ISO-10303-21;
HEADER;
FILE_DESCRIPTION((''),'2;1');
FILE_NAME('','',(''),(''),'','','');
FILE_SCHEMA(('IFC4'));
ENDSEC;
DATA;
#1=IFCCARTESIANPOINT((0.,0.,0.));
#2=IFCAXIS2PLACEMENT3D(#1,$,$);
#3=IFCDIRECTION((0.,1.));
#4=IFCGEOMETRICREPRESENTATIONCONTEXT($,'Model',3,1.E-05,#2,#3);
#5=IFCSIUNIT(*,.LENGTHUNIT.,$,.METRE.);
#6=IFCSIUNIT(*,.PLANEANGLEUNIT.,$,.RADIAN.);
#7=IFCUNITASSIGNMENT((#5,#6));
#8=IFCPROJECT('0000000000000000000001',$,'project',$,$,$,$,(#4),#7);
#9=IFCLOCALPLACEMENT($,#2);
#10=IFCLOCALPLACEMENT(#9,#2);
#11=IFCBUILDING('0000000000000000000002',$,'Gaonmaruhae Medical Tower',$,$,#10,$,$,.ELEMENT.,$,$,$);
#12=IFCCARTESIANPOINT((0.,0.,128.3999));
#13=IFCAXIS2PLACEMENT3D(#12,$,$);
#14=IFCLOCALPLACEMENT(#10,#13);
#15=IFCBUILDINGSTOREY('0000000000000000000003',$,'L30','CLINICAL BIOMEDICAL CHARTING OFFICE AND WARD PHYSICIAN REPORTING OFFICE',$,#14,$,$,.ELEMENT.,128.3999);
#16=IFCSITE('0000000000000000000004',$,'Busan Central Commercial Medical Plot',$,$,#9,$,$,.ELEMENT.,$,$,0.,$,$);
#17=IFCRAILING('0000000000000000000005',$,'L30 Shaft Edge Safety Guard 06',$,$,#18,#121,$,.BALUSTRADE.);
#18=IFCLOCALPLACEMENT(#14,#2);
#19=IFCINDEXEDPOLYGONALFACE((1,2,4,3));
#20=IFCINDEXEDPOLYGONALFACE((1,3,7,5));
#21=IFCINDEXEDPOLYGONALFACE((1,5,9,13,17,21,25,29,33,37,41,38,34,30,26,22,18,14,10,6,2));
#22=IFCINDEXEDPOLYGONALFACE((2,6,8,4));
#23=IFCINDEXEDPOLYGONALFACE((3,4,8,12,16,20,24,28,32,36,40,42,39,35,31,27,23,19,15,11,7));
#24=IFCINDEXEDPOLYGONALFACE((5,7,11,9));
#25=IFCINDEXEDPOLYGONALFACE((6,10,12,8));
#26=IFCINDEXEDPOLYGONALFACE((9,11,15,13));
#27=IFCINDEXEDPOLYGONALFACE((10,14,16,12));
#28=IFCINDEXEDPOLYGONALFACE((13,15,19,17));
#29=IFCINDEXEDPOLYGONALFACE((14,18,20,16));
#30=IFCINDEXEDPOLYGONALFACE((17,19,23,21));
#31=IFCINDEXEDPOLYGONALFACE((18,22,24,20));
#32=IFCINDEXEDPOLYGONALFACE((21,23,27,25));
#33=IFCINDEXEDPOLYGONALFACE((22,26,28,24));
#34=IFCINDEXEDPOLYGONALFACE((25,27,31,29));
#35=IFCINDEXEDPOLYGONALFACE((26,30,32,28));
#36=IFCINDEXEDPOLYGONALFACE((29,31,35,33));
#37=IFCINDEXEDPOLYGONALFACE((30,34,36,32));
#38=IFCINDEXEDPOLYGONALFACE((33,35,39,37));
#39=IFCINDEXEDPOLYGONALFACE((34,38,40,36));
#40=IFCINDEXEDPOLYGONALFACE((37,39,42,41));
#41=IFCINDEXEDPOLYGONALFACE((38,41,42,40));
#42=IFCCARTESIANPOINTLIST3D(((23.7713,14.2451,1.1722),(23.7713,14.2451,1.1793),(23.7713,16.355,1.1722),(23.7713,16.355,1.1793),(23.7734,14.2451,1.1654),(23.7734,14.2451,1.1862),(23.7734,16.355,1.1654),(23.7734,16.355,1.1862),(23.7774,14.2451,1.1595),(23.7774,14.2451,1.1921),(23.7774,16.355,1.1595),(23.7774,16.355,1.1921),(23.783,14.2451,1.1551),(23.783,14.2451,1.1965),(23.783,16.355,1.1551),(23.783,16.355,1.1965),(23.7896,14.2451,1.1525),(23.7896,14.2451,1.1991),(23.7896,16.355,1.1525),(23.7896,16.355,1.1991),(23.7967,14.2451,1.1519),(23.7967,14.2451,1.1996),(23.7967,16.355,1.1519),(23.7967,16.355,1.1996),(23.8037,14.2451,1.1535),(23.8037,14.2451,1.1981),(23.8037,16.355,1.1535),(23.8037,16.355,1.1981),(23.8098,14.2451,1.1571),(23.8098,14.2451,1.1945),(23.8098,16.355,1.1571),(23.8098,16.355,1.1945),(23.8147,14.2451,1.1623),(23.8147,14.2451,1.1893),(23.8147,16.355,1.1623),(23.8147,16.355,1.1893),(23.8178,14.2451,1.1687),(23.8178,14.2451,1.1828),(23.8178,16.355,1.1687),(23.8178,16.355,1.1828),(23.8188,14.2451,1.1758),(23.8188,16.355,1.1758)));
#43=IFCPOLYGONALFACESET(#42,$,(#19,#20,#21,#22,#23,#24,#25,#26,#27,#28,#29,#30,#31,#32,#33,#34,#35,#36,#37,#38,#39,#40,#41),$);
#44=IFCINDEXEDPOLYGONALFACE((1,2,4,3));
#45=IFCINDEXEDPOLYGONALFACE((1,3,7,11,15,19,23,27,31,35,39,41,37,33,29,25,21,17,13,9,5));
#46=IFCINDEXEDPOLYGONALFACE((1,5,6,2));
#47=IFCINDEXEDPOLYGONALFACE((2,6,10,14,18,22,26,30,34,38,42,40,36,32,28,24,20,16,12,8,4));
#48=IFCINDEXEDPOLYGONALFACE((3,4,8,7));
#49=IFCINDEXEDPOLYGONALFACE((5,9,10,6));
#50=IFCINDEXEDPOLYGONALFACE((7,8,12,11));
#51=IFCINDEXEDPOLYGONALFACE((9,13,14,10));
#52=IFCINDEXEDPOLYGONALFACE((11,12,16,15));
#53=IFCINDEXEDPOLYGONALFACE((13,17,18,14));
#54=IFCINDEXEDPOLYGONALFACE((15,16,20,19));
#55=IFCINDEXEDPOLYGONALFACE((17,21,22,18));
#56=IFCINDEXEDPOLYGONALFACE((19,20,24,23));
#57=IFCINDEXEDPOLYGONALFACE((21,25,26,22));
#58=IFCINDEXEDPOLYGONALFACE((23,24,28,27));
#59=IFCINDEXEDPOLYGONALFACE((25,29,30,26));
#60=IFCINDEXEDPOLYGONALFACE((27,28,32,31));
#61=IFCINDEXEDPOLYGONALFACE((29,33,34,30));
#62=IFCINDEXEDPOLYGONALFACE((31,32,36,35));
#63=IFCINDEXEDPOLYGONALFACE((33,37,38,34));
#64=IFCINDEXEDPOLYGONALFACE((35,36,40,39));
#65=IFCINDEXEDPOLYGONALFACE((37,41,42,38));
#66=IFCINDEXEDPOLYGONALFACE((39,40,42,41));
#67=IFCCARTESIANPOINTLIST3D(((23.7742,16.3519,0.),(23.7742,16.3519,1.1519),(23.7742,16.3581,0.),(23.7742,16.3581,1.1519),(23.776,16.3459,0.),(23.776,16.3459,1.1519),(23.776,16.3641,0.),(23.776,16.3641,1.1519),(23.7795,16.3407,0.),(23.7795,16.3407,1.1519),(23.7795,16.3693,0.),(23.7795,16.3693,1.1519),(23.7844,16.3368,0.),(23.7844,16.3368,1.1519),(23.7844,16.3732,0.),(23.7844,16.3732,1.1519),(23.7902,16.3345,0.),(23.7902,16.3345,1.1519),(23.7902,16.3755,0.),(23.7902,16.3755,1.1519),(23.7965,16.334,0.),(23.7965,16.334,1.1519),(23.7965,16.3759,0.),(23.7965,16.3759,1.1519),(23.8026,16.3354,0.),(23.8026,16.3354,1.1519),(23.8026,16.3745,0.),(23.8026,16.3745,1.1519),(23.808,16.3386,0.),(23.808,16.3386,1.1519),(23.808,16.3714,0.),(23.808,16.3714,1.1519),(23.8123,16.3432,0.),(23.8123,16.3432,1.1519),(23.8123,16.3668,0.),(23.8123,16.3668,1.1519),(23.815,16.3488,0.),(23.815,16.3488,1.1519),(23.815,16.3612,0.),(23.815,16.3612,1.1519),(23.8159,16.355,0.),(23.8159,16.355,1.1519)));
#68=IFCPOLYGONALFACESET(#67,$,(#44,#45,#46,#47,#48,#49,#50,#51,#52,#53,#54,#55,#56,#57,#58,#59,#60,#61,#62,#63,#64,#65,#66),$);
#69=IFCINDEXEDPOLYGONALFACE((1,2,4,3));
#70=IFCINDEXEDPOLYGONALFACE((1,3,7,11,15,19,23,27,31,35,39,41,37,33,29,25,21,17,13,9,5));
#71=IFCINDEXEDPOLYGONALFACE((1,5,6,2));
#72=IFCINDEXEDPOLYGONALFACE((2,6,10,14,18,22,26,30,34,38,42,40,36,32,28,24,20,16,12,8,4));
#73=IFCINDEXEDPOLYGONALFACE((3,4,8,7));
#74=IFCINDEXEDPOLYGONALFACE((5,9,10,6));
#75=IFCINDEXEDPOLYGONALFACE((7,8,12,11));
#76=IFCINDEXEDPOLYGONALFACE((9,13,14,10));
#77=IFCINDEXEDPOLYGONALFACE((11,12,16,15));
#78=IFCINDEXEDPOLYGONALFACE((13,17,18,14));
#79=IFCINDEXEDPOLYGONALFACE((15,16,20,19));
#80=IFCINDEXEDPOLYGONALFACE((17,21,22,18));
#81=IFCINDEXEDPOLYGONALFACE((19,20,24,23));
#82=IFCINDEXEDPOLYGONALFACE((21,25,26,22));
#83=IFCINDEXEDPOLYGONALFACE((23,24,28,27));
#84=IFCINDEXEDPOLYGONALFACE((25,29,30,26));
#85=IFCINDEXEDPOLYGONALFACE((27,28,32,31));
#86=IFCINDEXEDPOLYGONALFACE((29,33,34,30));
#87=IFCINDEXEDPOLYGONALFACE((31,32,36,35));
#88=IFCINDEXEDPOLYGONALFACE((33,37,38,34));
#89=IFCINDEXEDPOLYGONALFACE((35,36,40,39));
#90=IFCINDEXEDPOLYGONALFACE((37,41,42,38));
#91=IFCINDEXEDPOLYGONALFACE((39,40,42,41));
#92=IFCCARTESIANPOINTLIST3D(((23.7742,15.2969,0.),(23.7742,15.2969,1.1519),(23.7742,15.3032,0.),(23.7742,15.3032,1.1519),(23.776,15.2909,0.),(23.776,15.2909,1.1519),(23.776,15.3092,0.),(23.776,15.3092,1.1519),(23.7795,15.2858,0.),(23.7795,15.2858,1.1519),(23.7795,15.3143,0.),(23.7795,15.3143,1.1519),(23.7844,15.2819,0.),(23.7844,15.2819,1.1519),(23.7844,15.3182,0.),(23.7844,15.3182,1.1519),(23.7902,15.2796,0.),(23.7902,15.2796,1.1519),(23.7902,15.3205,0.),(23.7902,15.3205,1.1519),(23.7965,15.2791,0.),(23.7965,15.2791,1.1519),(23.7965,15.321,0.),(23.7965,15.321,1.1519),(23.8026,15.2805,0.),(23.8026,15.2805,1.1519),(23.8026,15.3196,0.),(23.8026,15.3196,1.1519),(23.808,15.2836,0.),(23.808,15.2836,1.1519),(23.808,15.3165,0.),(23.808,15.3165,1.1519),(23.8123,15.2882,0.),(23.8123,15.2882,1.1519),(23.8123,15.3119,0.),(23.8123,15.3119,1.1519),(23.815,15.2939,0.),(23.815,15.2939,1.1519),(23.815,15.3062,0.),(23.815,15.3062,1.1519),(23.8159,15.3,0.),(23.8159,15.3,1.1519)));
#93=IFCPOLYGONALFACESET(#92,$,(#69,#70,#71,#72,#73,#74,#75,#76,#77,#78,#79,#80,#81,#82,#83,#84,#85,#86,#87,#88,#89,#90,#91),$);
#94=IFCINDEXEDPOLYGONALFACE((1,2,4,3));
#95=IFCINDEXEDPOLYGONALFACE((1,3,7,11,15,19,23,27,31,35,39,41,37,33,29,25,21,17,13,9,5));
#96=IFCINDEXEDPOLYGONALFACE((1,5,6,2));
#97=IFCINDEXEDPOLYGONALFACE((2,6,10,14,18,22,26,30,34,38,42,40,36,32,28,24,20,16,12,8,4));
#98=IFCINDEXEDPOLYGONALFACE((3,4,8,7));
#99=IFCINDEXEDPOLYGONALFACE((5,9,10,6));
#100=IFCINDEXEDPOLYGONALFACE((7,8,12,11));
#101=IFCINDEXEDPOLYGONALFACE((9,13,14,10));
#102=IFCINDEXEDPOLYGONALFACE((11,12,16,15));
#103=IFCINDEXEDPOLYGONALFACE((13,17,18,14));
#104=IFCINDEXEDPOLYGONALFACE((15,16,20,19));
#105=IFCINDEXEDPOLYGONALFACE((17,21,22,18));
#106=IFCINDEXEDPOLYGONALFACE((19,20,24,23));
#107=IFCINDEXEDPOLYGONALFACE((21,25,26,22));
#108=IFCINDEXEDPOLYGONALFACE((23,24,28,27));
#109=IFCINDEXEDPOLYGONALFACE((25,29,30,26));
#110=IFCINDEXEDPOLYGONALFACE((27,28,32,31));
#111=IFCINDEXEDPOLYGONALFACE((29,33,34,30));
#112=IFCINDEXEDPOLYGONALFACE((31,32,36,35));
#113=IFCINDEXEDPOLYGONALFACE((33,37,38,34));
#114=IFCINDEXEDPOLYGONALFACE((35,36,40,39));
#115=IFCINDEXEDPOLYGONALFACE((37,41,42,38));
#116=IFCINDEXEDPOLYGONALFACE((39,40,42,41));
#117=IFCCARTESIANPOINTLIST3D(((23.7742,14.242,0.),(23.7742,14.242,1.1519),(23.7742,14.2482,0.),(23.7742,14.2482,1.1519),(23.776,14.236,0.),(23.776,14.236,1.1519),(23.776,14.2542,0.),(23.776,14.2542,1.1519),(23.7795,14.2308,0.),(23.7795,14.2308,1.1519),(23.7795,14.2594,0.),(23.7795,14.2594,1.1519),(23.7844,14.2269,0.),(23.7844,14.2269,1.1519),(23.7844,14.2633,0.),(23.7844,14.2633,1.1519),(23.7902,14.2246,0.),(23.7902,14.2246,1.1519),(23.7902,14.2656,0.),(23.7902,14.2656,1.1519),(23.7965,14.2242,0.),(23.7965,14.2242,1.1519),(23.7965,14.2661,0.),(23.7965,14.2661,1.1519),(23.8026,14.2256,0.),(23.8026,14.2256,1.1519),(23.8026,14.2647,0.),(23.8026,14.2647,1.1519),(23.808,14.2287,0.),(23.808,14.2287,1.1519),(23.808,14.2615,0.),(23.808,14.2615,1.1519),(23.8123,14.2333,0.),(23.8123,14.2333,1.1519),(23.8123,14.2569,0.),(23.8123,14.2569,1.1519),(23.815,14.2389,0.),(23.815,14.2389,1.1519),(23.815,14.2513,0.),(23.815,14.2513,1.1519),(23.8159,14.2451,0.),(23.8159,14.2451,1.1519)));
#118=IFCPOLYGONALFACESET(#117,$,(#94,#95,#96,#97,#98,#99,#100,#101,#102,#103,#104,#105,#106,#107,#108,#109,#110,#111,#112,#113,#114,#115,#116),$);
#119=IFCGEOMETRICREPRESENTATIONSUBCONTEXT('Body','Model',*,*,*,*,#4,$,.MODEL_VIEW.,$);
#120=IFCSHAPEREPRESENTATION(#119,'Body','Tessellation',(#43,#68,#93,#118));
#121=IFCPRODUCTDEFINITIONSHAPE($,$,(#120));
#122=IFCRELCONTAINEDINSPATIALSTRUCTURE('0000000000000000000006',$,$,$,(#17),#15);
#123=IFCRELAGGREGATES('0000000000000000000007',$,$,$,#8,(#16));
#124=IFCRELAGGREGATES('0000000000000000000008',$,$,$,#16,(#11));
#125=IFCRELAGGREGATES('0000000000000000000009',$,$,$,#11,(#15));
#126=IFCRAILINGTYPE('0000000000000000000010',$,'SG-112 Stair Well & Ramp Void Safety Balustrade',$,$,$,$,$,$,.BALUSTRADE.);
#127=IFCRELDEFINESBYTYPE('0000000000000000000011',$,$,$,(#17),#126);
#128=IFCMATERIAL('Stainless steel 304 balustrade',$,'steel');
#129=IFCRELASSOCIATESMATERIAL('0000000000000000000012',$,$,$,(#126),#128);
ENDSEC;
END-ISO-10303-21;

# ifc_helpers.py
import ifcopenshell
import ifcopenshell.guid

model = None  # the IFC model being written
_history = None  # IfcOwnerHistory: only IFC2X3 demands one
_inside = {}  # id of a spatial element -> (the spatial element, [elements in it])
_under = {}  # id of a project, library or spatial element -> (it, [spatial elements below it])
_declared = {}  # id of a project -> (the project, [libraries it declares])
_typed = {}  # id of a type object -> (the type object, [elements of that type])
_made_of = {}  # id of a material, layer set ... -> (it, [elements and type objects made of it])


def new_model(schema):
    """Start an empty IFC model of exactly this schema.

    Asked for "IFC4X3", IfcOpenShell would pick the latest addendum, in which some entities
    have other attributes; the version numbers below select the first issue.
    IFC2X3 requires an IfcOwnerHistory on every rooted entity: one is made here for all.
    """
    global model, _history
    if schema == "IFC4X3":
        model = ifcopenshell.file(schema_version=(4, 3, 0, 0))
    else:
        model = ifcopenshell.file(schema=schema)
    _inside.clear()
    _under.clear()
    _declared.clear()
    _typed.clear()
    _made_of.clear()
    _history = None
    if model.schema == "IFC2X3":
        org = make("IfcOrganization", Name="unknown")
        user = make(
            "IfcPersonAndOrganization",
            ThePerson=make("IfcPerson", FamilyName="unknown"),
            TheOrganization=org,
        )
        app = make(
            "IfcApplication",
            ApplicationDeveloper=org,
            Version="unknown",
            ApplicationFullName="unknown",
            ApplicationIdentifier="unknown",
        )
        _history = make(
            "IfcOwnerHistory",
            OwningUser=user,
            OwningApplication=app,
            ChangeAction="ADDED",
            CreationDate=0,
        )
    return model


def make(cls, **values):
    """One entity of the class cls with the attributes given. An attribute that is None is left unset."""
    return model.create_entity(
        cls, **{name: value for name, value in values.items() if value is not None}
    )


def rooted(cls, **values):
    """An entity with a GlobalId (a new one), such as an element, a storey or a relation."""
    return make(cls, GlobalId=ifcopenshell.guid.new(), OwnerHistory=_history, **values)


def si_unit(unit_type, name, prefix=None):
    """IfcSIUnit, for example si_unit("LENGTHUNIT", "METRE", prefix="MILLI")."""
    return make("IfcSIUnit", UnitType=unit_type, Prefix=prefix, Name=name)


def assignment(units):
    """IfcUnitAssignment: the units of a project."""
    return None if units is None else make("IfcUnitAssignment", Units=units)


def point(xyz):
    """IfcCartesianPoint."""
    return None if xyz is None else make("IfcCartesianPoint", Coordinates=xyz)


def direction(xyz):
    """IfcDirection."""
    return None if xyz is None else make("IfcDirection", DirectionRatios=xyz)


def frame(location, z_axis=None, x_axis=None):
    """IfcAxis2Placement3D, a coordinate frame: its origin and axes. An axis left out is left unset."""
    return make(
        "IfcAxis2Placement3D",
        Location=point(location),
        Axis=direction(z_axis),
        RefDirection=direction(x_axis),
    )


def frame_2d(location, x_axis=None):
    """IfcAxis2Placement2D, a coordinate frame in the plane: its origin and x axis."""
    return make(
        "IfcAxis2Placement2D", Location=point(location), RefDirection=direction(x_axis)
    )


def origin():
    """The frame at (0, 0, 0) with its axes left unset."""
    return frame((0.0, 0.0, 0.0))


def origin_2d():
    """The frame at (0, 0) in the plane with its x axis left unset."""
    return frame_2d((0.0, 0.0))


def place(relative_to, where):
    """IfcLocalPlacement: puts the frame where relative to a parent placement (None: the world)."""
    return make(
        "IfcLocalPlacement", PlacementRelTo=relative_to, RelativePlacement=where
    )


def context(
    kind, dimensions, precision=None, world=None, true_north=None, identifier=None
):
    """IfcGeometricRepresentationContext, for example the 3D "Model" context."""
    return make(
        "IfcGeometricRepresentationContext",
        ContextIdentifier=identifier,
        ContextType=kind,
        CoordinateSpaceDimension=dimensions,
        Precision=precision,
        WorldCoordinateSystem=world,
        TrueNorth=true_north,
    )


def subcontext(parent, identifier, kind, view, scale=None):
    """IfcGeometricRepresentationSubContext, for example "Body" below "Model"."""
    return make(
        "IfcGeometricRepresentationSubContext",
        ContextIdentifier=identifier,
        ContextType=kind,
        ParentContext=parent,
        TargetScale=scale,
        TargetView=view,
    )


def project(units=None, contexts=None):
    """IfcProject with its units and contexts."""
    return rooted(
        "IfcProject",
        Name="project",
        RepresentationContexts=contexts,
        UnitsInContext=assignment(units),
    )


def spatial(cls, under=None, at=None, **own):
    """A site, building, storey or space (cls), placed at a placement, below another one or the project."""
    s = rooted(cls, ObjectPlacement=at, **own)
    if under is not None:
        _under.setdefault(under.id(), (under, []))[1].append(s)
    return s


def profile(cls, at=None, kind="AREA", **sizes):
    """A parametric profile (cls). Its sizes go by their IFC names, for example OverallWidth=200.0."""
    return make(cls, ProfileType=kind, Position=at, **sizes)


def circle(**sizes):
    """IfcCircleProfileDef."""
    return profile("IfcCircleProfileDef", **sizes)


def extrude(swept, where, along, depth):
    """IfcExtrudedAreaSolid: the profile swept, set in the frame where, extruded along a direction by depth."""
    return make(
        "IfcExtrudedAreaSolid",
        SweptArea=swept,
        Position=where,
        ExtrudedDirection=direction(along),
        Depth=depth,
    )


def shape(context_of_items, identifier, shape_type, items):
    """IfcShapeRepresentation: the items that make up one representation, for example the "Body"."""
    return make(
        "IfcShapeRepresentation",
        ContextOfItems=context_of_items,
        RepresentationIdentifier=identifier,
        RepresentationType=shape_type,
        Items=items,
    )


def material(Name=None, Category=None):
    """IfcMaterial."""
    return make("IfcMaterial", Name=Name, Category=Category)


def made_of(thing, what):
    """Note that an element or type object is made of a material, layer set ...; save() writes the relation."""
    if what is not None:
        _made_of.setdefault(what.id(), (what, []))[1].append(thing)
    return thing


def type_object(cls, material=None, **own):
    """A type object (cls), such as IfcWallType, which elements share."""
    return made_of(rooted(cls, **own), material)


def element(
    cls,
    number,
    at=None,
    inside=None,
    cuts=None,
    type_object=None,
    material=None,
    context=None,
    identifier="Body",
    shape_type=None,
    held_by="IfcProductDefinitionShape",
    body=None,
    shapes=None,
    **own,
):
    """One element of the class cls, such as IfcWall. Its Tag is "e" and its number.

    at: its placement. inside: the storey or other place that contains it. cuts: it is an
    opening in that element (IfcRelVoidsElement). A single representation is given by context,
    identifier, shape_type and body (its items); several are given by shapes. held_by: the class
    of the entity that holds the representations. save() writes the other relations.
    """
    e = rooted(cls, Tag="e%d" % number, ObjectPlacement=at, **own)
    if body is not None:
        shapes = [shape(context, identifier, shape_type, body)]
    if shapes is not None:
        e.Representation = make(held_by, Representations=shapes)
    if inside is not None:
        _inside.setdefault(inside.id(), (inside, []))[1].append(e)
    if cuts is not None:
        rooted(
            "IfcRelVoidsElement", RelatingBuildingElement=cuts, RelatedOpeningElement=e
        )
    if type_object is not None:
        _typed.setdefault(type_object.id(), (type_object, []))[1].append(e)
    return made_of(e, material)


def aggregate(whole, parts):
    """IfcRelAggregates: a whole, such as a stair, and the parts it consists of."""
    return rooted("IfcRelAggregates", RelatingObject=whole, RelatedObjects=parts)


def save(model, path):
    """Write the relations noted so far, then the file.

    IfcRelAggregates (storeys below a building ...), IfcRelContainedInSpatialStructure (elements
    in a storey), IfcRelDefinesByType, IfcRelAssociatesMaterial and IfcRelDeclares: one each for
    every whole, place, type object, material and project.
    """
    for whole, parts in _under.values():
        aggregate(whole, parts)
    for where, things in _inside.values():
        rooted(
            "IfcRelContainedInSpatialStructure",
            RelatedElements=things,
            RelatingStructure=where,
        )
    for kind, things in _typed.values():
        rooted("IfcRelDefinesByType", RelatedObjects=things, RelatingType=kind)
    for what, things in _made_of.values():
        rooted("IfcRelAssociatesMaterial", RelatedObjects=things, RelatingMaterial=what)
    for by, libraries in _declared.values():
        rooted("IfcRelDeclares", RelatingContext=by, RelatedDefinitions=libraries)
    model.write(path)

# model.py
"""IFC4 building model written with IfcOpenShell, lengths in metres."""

from ifc_helpers import new_model, si_unit, direction, frame, origin, origin_2d, place, context, subcontext, project, spatial, circle, extrude, material, type_object, element, save


model = new_model("IFC4")

# Units and contexts
model_context = context("Model", 3, precision=1e-05, world=origin(), true_north=direction((0.0, 1.0)))
body_context = subcontext(model_context, "Body", "Model", "MODEL_VIEW")
ifc_project = project(units=[si_unit("LENGTHUNIT", "METRE"), si_unit("PLANEANGLEUNIT", "RADIAN")], contexts=[model_context])

# Site, building, storey
site_placement = place(None, origin())
site = spatial("IfcSite", under=ifc_project, at=site_placement, Name="Busan Central Commercial Medical Plot", CompositionType="ELEMENT", RefElevation=0.0)
building_placement = place(site_placement, origin())
building = spatial("IfcBuilding", under=site, at=building_placement, Name="Gaonmaruhae Medical Tower", CompositionType="ELEMENT")
storey_placement = place(building_placement, frame((0.0, 0.0, 128.3999)))
storey = spatial("IfcBuildingStorey", under=building, at=storey_placement, Name="L30", Description="CLINICAL BIOMEDICAL CHARTING OFFICE AND WARD PHYSICIAN REPORTING OFFICE", CompositionType="ELEMENT", Elevation=128.3999)

# Railing
ifc_material_1 = material(Name="Stainless steel 304 balustrade", Category="steel")
railing_type_1 = type_object("IfcRailingType", Name="SG-112 Stair Well & Ramp Void Safety Balustrade", PredefinedType="BALUSTRADE", material=ifc_material_1)
railing_1_placement = place(storey_placement, frame((23.7949, 16.355, 0.0)))
element("IfcRailing", 1, at=railing_1_placement, inside=storey, type_object=railing_type_1, Name="L30 Shaft Edge Safety Guard 06", PredefinedType="BALUSTRADE", context=body_context, shape_type="SweptSolid", body=[
    extrude(circle(Radius=0.0239, at=origin_2d()), frame((0.0, 0.0, 1.1758), z_axis=(0.0, -1.0, 0.0), x_axis=(1.0, 0.0, 0.0)), (0.0, 0.0, 1.0), 2.1099),
    extrude(circle(Radius=0.021, at=origin_2d()), origin(), (0.0, 0.0, 1.0), 1.1519),
    extrude(circle(Radius=0.021, at=origin_2d()), frame((0.0, -1.0549, 0.0)), (0.0, 0.0, 1.0), 1.1519),
    extrude(circle(Radius=0.021, at=origin_2d()), frame((0.0, -2.1099, 0.0)), (0.0, 0.0, 1.0), 1.1519),
])

save(model, "model.ifc")
